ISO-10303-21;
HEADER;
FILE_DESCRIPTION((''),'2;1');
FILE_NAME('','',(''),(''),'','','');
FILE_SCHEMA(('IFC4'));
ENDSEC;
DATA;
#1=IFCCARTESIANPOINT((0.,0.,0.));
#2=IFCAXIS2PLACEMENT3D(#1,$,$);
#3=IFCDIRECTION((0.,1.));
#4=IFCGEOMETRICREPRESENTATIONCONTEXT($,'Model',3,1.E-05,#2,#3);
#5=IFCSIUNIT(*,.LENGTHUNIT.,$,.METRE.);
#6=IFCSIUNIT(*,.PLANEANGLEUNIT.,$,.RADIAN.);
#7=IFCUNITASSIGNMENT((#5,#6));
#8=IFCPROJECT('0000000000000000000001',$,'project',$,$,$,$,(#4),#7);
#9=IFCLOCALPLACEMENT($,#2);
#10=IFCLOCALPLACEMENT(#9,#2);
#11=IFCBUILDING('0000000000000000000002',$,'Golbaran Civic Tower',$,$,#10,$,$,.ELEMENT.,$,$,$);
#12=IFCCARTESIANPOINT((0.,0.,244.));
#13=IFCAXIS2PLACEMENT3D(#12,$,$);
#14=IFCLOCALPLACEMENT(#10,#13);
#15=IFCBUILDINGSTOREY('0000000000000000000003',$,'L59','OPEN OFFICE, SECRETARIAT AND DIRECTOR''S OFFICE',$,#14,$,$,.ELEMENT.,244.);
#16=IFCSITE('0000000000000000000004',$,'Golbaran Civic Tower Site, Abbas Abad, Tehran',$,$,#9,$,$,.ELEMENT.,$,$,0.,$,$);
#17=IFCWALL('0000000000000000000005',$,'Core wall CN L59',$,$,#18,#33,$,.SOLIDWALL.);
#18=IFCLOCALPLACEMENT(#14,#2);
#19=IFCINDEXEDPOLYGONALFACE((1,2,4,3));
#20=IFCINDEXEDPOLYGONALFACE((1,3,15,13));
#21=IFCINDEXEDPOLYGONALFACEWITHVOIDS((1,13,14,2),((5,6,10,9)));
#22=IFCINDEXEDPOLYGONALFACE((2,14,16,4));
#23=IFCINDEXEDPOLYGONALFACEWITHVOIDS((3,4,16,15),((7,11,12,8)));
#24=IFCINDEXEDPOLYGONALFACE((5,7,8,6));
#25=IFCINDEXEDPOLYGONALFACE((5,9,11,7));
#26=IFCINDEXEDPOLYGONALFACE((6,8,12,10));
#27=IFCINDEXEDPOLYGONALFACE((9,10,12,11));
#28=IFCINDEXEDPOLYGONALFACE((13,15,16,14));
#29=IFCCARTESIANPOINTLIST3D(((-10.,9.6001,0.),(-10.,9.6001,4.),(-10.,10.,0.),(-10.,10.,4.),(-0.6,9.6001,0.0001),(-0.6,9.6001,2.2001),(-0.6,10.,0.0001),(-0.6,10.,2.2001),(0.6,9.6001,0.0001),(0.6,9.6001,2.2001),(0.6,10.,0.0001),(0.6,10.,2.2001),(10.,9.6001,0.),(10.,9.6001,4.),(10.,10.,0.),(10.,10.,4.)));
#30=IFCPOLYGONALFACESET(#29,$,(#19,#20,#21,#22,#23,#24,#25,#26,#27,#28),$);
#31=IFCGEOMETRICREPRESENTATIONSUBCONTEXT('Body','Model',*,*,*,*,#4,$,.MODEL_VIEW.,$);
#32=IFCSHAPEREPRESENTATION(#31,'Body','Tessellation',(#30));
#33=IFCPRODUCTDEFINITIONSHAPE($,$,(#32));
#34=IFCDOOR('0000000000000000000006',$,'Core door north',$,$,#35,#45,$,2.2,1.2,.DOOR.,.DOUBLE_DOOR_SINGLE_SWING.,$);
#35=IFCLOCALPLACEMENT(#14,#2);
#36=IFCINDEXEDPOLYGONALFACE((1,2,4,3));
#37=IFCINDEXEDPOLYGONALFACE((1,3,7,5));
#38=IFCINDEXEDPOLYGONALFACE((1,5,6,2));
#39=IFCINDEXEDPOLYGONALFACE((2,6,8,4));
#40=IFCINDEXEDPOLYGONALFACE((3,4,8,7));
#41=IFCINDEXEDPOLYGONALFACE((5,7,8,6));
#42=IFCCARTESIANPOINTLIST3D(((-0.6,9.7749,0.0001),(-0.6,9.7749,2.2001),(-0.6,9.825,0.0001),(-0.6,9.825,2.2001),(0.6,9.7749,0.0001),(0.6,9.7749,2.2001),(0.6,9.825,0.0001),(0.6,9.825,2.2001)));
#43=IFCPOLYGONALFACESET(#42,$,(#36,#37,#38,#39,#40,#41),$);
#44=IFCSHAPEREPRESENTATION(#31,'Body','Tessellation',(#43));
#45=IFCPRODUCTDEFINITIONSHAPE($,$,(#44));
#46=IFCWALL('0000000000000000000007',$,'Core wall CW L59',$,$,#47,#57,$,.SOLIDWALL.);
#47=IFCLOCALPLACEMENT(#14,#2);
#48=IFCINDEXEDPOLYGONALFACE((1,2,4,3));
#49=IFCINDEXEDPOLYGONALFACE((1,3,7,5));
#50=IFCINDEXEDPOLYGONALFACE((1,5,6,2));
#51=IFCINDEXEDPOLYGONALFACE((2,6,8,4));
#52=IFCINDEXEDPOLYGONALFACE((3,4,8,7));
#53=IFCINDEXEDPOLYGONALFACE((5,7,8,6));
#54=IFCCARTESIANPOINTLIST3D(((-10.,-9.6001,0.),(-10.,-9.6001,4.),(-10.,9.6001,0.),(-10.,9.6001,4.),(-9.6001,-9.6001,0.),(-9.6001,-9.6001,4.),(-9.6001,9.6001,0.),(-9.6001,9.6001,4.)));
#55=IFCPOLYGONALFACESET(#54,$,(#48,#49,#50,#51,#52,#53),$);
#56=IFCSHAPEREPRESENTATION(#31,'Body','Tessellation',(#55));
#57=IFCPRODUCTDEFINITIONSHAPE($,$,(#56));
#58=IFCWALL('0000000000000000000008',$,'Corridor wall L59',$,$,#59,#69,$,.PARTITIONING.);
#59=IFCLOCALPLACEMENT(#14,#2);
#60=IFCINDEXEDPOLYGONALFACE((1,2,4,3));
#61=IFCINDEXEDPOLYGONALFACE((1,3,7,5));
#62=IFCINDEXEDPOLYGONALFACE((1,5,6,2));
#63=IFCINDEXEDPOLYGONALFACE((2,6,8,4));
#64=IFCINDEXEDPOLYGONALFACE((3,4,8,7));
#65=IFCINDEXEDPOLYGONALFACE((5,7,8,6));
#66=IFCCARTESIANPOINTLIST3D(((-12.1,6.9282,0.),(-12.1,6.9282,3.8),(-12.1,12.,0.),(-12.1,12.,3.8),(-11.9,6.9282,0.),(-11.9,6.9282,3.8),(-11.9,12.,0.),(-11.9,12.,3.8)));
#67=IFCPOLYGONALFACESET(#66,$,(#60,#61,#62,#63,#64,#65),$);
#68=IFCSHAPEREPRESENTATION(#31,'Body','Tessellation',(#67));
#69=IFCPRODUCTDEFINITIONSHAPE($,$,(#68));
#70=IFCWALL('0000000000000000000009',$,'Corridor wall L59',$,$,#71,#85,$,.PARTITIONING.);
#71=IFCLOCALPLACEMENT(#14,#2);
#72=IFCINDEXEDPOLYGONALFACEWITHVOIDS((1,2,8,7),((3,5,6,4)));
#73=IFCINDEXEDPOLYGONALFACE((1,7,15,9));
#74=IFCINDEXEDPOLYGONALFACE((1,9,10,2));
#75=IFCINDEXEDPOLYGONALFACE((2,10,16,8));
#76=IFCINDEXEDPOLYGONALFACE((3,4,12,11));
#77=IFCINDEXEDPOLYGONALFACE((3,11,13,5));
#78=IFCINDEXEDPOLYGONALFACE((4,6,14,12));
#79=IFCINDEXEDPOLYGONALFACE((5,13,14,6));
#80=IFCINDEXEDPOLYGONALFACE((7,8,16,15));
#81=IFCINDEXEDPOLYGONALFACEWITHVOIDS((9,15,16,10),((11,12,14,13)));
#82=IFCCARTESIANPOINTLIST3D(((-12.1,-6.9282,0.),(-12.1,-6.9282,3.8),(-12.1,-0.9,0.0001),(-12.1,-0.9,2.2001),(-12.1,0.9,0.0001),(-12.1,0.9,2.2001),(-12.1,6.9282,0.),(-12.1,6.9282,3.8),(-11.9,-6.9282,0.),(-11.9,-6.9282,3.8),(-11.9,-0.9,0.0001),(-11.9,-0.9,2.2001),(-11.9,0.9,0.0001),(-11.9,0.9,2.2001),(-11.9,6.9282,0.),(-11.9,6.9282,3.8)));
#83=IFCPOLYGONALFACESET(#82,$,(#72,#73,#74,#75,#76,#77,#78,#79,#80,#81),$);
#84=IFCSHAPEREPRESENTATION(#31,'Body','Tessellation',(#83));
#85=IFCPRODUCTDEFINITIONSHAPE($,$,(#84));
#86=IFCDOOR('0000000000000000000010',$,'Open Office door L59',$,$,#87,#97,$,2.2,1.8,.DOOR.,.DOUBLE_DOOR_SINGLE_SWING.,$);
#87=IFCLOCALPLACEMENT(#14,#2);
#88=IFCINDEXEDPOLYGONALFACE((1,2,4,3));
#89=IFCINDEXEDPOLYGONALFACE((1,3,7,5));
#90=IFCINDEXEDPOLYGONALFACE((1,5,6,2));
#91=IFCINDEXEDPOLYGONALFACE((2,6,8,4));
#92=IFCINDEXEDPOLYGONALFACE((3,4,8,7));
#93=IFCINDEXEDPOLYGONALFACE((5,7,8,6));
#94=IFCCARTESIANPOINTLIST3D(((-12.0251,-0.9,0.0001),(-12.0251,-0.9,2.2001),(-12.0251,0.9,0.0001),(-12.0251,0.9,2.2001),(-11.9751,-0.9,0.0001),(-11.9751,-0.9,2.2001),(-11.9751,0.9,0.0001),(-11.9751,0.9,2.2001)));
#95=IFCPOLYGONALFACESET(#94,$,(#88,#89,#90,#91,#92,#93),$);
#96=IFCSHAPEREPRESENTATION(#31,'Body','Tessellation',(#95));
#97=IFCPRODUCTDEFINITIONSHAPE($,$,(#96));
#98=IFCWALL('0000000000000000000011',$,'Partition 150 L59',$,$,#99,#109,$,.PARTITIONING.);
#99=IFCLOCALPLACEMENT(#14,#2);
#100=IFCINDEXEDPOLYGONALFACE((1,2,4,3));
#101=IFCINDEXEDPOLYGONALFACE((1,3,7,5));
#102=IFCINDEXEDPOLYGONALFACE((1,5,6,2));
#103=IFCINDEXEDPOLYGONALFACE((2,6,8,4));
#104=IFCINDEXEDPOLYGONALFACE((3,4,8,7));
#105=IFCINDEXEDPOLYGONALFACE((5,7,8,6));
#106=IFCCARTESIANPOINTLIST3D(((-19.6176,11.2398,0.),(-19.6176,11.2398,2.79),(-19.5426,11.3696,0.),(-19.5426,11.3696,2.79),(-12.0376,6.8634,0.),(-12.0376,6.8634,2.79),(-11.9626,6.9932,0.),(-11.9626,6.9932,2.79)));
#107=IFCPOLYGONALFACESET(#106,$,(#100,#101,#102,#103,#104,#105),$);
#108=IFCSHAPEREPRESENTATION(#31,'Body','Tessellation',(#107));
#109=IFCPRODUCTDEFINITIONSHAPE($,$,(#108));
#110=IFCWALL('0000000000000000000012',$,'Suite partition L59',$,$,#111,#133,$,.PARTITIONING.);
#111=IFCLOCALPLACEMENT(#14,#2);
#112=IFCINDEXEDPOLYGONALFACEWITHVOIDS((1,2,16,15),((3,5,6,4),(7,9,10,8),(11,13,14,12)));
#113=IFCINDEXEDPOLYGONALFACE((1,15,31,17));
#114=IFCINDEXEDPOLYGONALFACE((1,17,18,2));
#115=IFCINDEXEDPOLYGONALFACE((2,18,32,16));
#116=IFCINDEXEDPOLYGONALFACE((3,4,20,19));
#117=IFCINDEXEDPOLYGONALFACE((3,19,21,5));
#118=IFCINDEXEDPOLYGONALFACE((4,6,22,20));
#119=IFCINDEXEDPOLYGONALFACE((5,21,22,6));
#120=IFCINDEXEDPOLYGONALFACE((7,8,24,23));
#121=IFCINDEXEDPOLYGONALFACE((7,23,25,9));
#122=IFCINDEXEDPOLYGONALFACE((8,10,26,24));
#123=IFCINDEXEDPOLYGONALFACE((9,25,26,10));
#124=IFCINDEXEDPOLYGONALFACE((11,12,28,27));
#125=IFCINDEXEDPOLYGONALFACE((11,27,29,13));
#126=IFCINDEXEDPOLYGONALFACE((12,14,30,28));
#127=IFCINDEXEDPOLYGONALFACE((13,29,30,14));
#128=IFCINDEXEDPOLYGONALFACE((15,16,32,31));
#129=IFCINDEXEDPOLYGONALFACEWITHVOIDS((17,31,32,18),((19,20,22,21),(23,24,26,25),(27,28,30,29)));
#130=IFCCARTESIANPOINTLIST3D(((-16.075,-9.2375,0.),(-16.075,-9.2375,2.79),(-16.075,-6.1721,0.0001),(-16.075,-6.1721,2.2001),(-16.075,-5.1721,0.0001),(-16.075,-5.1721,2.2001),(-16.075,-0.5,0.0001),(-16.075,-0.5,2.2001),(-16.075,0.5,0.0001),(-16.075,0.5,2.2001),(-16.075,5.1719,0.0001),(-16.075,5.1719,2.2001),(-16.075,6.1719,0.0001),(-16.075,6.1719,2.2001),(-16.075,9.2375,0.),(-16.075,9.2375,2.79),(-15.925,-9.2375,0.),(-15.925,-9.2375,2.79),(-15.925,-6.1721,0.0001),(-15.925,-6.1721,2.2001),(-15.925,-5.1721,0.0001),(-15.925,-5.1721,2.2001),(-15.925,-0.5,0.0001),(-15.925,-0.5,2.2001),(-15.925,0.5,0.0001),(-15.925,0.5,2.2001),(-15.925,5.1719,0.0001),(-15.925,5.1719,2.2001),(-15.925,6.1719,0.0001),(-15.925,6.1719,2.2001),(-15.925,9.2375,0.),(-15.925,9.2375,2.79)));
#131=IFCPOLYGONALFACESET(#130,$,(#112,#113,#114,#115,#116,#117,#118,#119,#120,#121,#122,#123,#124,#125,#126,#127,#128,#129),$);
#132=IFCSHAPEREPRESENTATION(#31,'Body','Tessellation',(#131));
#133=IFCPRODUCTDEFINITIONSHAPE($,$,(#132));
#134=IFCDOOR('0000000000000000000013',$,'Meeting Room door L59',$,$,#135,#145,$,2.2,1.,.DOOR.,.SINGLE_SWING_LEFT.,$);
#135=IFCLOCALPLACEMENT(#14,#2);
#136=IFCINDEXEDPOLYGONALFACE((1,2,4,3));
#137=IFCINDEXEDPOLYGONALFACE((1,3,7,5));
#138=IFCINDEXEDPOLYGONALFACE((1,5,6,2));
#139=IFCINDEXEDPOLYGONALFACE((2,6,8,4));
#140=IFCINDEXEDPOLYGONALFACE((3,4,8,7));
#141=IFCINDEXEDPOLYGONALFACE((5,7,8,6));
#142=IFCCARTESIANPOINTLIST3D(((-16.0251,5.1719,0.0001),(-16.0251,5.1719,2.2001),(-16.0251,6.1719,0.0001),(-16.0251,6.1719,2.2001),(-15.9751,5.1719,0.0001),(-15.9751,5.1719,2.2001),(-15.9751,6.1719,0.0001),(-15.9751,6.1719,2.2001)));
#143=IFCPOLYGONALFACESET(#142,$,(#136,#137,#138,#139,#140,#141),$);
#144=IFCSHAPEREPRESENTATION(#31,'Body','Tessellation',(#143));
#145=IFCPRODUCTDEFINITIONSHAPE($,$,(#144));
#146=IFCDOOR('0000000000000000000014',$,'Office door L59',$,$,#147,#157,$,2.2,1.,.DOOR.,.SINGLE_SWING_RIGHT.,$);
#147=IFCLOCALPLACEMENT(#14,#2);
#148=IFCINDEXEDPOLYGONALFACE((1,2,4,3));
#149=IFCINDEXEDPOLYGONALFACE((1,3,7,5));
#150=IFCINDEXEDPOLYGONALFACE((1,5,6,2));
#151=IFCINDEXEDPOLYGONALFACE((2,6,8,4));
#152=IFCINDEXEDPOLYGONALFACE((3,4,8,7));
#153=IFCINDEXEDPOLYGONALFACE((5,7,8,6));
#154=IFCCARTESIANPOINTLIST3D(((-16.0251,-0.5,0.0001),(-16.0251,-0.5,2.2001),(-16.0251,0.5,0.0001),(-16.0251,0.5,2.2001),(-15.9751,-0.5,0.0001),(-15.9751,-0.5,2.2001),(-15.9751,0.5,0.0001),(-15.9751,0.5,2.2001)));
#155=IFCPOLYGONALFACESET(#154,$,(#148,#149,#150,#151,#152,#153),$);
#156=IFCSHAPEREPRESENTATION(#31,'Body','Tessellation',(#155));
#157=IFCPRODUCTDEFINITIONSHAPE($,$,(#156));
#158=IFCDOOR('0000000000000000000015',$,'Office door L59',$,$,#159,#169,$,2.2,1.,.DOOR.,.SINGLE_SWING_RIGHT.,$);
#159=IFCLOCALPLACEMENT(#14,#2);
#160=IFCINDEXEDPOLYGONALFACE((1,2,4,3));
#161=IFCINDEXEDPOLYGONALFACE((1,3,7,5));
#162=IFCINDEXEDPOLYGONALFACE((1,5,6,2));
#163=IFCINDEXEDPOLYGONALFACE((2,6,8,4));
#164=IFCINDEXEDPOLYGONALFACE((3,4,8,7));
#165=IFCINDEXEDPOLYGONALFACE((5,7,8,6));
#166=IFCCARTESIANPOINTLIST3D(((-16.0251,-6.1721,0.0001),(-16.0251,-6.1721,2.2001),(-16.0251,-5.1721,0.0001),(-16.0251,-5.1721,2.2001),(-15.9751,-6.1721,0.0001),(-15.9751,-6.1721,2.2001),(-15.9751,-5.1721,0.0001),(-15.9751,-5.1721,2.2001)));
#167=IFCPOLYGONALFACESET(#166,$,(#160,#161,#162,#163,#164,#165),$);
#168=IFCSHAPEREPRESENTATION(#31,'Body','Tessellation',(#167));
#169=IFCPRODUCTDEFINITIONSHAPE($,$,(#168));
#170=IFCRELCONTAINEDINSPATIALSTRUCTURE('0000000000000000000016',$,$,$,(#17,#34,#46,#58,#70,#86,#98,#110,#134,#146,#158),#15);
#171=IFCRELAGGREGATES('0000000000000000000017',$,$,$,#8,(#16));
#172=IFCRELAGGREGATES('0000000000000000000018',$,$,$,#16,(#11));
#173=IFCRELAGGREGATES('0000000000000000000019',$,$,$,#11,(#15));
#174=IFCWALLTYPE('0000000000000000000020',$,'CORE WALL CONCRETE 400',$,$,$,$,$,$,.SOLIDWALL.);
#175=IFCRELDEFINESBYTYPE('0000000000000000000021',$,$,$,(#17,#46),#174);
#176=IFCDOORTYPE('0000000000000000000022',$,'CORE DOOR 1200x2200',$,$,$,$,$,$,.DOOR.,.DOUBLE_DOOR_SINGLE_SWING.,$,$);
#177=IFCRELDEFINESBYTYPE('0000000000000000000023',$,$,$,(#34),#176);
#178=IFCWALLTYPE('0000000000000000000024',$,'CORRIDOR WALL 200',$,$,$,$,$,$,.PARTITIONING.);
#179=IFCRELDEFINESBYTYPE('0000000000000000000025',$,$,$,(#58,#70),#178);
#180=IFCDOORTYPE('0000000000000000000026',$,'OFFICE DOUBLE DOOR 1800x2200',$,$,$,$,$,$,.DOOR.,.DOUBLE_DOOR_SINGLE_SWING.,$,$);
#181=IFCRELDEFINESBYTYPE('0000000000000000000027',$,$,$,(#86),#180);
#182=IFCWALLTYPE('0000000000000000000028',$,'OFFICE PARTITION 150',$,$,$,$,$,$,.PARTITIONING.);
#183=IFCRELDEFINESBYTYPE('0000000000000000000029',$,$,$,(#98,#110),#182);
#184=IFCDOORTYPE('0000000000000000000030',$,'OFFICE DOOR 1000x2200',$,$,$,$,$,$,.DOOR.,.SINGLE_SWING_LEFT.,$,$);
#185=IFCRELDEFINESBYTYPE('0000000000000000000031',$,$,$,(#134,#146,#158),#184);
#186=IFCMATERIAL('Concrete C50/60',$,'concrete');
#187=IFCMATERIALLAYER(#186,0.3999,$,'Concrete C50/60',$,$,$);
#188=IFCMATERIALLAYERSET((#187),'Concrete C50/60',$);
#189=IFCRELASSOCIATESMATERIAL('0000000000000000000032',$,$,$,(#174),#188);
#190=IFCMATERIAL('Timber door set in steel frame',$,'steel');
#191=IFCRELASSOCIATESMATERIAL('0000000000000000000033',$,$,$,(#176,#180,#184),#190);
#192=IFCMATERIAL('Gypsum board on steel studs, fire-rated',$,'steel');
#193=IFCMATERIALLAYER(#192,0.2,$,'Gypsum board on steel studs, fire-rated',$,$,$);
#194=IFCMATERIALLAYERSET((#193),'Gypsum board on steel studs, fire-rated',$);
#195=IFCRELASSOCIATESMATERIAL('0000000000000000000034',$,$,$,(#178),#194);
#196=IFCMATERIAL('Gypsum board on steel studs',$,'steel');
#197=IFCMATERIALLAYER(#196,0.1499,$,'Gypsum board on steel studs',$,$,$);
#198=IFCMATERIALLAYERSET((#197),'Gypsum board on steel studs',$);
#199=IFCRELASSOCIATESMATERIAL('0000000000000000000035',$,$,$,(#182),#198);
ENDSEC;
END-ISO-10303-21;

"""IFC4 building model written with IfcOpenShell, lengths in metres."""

from ifc_helpers import new_model, si_unit, direction, frame, frame_2d, origin, place, context, subcontext, project, spatial, rectangle, extrude, material, layer, layer_set, type_object, element, fill, save


model = new_model("IFC4")

# Units and contexts
model_context = context("Model", 3, precision=1e-05, world=origin(), true_north=direction((0.0, 1.0)))
body_context = subcontext(model_context, "Body", "Model", "MODEL_VIEW")
ifc_project = project(units=[si_unit("LENGTHUNIT", "METRE"), si_unit("PLANEANGLEUNIT", "RADIAN")], contexts=[model_context])

# Site, building, storey
site_placement = place(None, origin())
site = spatial("IfcSite", under=ifc_project, at=site_placement, Name="Golbaran Civic Tower Site, Abbas Abad, Tehran", CompositionType="ELEMENT", RefElevation=0.0)
building_placement = place(site_placement, origin())
building = spatial("IfcBuilding", under=site, at=building_placement, Name="Golbaran Civic Tower", CompositionType="ELEMENT")
storey_placement = place(building_placement, frame((0.0, 0.0, 244.0)))
storey = spatial("IfcBuildingStorey", under=building, at=storey_placement, Name="L59", Description="OPEN OFFICE, SECRETARIAT AND DIRECTOR'S OFFICE", CompositionType="ELEMENT", Elevation=244.0)

# Wall, opening, door
ifc_material_1 = material(Name="Concrete C50/60", Category="concrete")
ifc_layer_1 = layer(ifc_material_1, 0.3999, Name="Concrete C50/60")
ifc_layer_set_1 = layer_set([ifc_layer_1], Name="Concrete C50/60")
wall_type_1 = type_object("IfcWallType", Name="CORE WALL CONCRETE 400", PredefinedType="SOLIDWALL", material=ifc_layer_set_1)
wall_1_placement = place(storey_placement, frame((-10.0, 9.8, 0.0), z_axis=(0.0, 0.0, 1.0), x_axis=(1.0, 0.0, 0.0)))
wall_1 = element("IfcWall", 1, at=wall_1_placement, inside=storey, type_object=wall_type_1, Name="Core wall CN L59", PredefinedType="SOLIDWALL", context=body_context, shape_type="SweptSolid", body=[
    extrude(rectangle(XDim=20.0, YDim=0.3999, at=frame_2d((10.0, 0.0))), origin(), (0.0, 0.0, 1.0), 4.0),
])
opening_1_placement = place(wall_1_placement, frame((9.3999, 0.0, 0.0)))
opening_1 = element("IfcOpeningElement", 2, at=opening_1_placement, cuts=wall_1, PredefinedType="OPENING", context=body_context, shape_type="SweptSolid", body=[
    extrude(rectangle(XDim=1.2, YDim=2.2, at=frame_2d((0.6001, 1.1001))), frame((0.0, 0.21, 0.0), z_axis=(0.0, -1.0, 0.0), x_axis=(1.0, 0.0, 0.0)), (0.0, 0.0, 1.0), 0.4199),
])
ifc_material_2 = material(Name="Timber door set in steel frame", Category="steel")
door_type_1 = type_object("IfcDoorType", Name="CORE DOOR 1200x2200", OperationType="DOUBLE_DOOR_SINGLE_SWING", PredefinedType="DOOR", material=ifc_material_2)
door_1_placement = place(opening_1_placement, origin())
door_1 = element("IfcDoor", 3, at=door_1_placement, inside=storey, type_object=door_type_1, Name="Core door north", OperationType="DOUBLE_DOOR_SINGLE_SWING", OverallHeight=2.2, OverallWidth=1.2, PredefinedType="DOOR", context=body_context, shape_type="SweptSolid", body=[
    extrude(rectangle(XDim=1.2, YDim=2.2, at=frame_2d((0.6001, 1.1001))), frame((0.0, 0.0249, 0.0), z_axis=(0.0, -1.0, 0.0), x_axis=(1.0, 0.0, 0.0)), (0.0, 0.0, 1.0), 0.05),
])
fill(opening_1, door_1)

# Walls
wall_2_placement = place(storey_placement, frame((-9.8, 9.6001, 0.0), z_axis=(0.0, 0.0, 1.0), x_axis=(0.0, -1.0, 0.0)))
element("IfcWall", 4, at=wall_2_placement, inside=storey, type_object=wall_type_1, Name="Core wall CW L59", PredefinedType="SOLIDWALL", context=body_context, shape_type="SweptSolid", body=[
    extrude(rectangle(XDim=19.2002, YDim=0.3999, at=frame_2d((9.6001, 0.0))), origin(), (0.0, 0.0, 1.0), 4.0),
])
ifc_material_3 = material(Name="Gypsum board on steel studs, fire-rated", Category="steel")
ifc_layer_2 = layer(ifc_material_3, 0.2, Name="Gypsum board on steel studs, fire-rated")
ifc_layer_set_2 = layer_set([ifc_layer_2], Name="Gypsum board on steel studs, fire-rated")
wall_type_2 = type_object("IfcWallType", Name="CORRIDOR WALL 200", PredefinedType="PARTITIONING", material=ifc_layer_set_2)
wall_3_placement = place(storey_placement, frame((-12.0, 12.0, 0.0), z_axis=(0.0, 0.0, 1.0), x_axis=(0.0, -1.0, 0.0)))
element("IfcWall", 5, at=wall_3_placement, inside=storey, type_object=wall_type_2, Name="Corridor wall L59", PredefinedType="PARTITIONING", context=body_context, shape_type="SweptSolid", body=[
    extrude(rectangle(XDim=5.0718, YDim=0.2, at=frame_2d((2.5359, 0.0))), origin(), (0.0, 0.0, 1.0), 3.8),
])

# Wall, opening, door
wall_4_placement = place(storey_placement, frame((-12.0, 6.9282, 0.0), z_axis=(0.0, 0.0, 1.0), x_axis=(0.0, -1.0, 0.0)))
wall_4 = element("IfcWall", 6, at=wall_4_placement, inside=storey, type_object=wall_type_2, Name="Corridor wall L59", PredefinedType="PARTITIONING", context=body_context, shape_type="SweptSolid", body=[
    extrude(rectangle(XDim=13.8564, YDim=0.2, at=frame_2d((6.9282, 0.0))), origin(), (0.0, 0.0, 1.0), 3.8),
])
opening_2_placement = place(wall_4_placement, frame((6.0283, 0.0, 0.0)))
opening_2 = element("IfcOpeningElement", 7, at=opening_2_placement, cuts=wall_4, PredefinedType="OPENING", context=body_context, shape_type="SweptSolid", body=[
    extrude(rectangle(XDim=1.8, YDim=2.2, at=frame_2d((0.8999, 1.1001))), frame((0.0, 0.1099, 0.0), z_axis=(0.0, -1.0, 0.0), x_axis=(1.0, 0.0, 0.0)), (0.0, 0.0, 1.0), 0.22),
])
door_type_2 = type_object("IfcDoorType", Name="OFFICE DOUBLE DOOR 1800x2200", OperationType="DOUBLE_DOOR_SINGLE_SWING", PredefinedType="DOOR", material=ifc_material_2)
door_2_placement = place(opening_2_placement, origin())
door_2 = element("IfcDoor", 8, at=door_2_placement, inside=storey, type_object=door_type_2, Name="Open Office door L59", OperationType="DOUBLE_DOOR_SINGLE_SWING", OverallHeight=2.2, OverallWidth=1.8, PredefinedType="DOOR", context=body_context, shape_type="SweptSolid", body=[
    extrude(rectangle(XDim=1.8, YDim=2.2, at=frame_2d((0.8999, 1.1001))), frame((0.0, 0.0249, 0.0), z_axis=(0.0, -1.0, 0.0), x_axis=(1.0, 0.0, 0.0)), (0.0, 0.0, 1.0), 0.05),
])
fill(opening_2, door_2)

# Wall
ifc_material_4 = material(Name="Gypsum board on steel studs", Category="steel")
ifc_layer_3 = layer(ifc_material_4, 0.1499, Name="Gypsum board on steel studs")
ifc_layer_set_3 = layer_set([ifc_layer_3], Name="Gypsum board on steel studs")
wall_type_3 = type_object("IfcWallType", Name="OFFICE PARTITION 150", PredefinedType="PARTITIONING", material=ifc_layer_set_3)
wall_5_placement = place(storey_placement, frame((-12.0, 6.9282, 0.0), z_axis=(0.0, 0.0, 1.0), x_axis=(-0.86602, 0.500009, 0.0)))
element("IfcWall", 9, at=wall_5_placement, inside=storey, type_object=wall_type_3, Name="Partition 150 L59", PredefinedType="PARTITIONING", context=body_context, shape_type="SweptSolid", body=[
    extrude(rectangle(XDim=8.7527, YDim=0.1499, at=frame_2d((4.3765, 0.0))), origin(), (0.0, 0.0, 1.0), 2.79),
])

# Wall, openings, doors
wall_6_placement = place(storey_placement, frame((-16.0, 9.2375, 0.0), z_axis=(0.0, 0.0, 1.0), x_axis=(0.0, -1.0, 0.0)))
wall_6 = element("IfcWall", 10, at=wall_6_placement, inside=storey, type_object=wall_type_3, Name="Suite partition L59", PredefinedType="PARTITIONING", context=body_context, shape_type="SweptSolid", body=[
    extrude(rectangle(XDim=18.4751, YDim=0.1499, at=frame_2d((9.2375, 0.0))), origin(), (0.0, 0.0, 1.0), 2.79),
])
opening_3_placement = place(wall_6_placement, frame((3.0657, 0.0, 0.0)))
opening_3 = element("IfcOpeningElement", 11, at=opening_3_placement, cuts=wall_6, PredefinedType="OPENING", context=body_context, shape_type="SweptSolid", body=[
    extrude(rectangle(XDim=1.0, YDim=2.2, at=frame_2d((0.5, 1.1001))), frame((0.0, 0.085, 0.0), z_axis=(0.0, -1.0, 0.0), x_axis=(1.0, 0.0, 0.0)), (0.0, 0.0, 1.0), 0.1699),
])
opening_4_placement = place(wall_6_placement, frame((8.7375, 0.0, 0.0)))
opening_4 = element("IfcOpeningElement", 12, at=opening_4_placement, cuts=wall_6, PredefinedType="OPENING", context=body_context, shape_type="SweptSolid", body=[
    extrude(rectangle(XDim=1.0, YDim=2.2, at=frame_2d((0.5, 1.1001))), frame((0.0, 0.085, 0.0), z_axis=(0.0, -1.0, 0.0), x_axis=(1.0, 0.0, 0.0)), (0.0, 0.0, 1.0), 0.1699),
])
opening_5_placement = place(wall_6_placement, frame((14.4097, 0.0, 0.0)))
opening_5 = element("IfcOpeningElement", 13, at=opening_5_placement, cuts=wall_6, PredefinedType="OPENING", context=body_context, shape_type="SweptSolid", body=[
    extrude(rectangle(XDim=1.0, YDim=2.2, at=frame_2d((0.5, 1.1001))), frame((0.0, 0.085, 0.0), z_axis=(0.0, -1.0, 0.0), x_axis=(1.0, 0.0, 0.0)), (0.0, 0.0, 1.0), 0.1699),
])
door_type_3 = type_object("IfcDoorType", Name="OFFICE DOOR 1000x2200", OperationType="SINGLE_SWING_LEFT", PredefinedType="DOOR", material=ifc_material_2)
door_3_placement = place(opening_3_placement, origin())
door_3 = element("IfcDoor", 14, at=door_3_placement, inside=storey, type_object=door_type_3, Name="Meeting Room door L59", OperationType="SINGLE_SWING_LEFT", OverallHeight=2.2, OverallWidth=1.0, PredefinedType="DOOR", context=body_context, shape_type="SweptSolid", body=[
    extrude(rectangle(XDim=1.0, YDim=2.2, at=frame_2d((0.5, 1.1001))), frame((0.0, 0.0249, 0.0), z_axis=(0.0, -1.0, 0.0), x_axis=(1.0, 0.0, 0.0)), (0.0, 0.0, 1.0), 0.05),
])
fill(opening_3, door_3)
door_4_placement = place(opening_4_placement, origin())
door_4 = element("IfcDoor", 15, at=door_4_placement, inside=storey, type_object=door_type_3, Name="Office door L59", OperationType="SINGLE_SWING_RIGHT", OverallHeight=2.2, OverallWidth=1.0, PredefinedType="DOOR", context=body_context, shape_type="SweptSolid", body=[
    extrude(rectangle(XDim=1.0, YDim=2.2, at=frame_2d((0.5, 1.1001))), frame((0.0, 0.0249, 0.0), z_axis=(0.0, -1.0, 0.0), x_axis=(1.0, 0.0, 0.0)), (0.0, 0.0, 1.0), 0.05),
])
fill(opening_4, door_4)
door_5_placement = place(opening_5_placement, origin())
door_5 = element("IfcDoor", 16, at=door_5_placement, inside=storey, type_object=door_type_3, Name="Office door L59", OperationType="SINGLE_SWING_RIGHT", OverallHeight=2.2, OverallWidth=1.0, PredefinedType="DOOR", context=body_context, shape_type="SweptSolid", body=[
    extrude(rectangle(XDim=1.0, YDim=2.2, at=frame_2d((0.5, 1.1001))), frame((0.0, 0.0249, 0.0), z_axis=(0.0, -1.0, 0.0), x_axis=(1.0, 0.0, 0.0)), (0.0, 0.0, 1.0), 0.05),
])
fill(opening_5, door_5)

save(model, "model.ifc")
